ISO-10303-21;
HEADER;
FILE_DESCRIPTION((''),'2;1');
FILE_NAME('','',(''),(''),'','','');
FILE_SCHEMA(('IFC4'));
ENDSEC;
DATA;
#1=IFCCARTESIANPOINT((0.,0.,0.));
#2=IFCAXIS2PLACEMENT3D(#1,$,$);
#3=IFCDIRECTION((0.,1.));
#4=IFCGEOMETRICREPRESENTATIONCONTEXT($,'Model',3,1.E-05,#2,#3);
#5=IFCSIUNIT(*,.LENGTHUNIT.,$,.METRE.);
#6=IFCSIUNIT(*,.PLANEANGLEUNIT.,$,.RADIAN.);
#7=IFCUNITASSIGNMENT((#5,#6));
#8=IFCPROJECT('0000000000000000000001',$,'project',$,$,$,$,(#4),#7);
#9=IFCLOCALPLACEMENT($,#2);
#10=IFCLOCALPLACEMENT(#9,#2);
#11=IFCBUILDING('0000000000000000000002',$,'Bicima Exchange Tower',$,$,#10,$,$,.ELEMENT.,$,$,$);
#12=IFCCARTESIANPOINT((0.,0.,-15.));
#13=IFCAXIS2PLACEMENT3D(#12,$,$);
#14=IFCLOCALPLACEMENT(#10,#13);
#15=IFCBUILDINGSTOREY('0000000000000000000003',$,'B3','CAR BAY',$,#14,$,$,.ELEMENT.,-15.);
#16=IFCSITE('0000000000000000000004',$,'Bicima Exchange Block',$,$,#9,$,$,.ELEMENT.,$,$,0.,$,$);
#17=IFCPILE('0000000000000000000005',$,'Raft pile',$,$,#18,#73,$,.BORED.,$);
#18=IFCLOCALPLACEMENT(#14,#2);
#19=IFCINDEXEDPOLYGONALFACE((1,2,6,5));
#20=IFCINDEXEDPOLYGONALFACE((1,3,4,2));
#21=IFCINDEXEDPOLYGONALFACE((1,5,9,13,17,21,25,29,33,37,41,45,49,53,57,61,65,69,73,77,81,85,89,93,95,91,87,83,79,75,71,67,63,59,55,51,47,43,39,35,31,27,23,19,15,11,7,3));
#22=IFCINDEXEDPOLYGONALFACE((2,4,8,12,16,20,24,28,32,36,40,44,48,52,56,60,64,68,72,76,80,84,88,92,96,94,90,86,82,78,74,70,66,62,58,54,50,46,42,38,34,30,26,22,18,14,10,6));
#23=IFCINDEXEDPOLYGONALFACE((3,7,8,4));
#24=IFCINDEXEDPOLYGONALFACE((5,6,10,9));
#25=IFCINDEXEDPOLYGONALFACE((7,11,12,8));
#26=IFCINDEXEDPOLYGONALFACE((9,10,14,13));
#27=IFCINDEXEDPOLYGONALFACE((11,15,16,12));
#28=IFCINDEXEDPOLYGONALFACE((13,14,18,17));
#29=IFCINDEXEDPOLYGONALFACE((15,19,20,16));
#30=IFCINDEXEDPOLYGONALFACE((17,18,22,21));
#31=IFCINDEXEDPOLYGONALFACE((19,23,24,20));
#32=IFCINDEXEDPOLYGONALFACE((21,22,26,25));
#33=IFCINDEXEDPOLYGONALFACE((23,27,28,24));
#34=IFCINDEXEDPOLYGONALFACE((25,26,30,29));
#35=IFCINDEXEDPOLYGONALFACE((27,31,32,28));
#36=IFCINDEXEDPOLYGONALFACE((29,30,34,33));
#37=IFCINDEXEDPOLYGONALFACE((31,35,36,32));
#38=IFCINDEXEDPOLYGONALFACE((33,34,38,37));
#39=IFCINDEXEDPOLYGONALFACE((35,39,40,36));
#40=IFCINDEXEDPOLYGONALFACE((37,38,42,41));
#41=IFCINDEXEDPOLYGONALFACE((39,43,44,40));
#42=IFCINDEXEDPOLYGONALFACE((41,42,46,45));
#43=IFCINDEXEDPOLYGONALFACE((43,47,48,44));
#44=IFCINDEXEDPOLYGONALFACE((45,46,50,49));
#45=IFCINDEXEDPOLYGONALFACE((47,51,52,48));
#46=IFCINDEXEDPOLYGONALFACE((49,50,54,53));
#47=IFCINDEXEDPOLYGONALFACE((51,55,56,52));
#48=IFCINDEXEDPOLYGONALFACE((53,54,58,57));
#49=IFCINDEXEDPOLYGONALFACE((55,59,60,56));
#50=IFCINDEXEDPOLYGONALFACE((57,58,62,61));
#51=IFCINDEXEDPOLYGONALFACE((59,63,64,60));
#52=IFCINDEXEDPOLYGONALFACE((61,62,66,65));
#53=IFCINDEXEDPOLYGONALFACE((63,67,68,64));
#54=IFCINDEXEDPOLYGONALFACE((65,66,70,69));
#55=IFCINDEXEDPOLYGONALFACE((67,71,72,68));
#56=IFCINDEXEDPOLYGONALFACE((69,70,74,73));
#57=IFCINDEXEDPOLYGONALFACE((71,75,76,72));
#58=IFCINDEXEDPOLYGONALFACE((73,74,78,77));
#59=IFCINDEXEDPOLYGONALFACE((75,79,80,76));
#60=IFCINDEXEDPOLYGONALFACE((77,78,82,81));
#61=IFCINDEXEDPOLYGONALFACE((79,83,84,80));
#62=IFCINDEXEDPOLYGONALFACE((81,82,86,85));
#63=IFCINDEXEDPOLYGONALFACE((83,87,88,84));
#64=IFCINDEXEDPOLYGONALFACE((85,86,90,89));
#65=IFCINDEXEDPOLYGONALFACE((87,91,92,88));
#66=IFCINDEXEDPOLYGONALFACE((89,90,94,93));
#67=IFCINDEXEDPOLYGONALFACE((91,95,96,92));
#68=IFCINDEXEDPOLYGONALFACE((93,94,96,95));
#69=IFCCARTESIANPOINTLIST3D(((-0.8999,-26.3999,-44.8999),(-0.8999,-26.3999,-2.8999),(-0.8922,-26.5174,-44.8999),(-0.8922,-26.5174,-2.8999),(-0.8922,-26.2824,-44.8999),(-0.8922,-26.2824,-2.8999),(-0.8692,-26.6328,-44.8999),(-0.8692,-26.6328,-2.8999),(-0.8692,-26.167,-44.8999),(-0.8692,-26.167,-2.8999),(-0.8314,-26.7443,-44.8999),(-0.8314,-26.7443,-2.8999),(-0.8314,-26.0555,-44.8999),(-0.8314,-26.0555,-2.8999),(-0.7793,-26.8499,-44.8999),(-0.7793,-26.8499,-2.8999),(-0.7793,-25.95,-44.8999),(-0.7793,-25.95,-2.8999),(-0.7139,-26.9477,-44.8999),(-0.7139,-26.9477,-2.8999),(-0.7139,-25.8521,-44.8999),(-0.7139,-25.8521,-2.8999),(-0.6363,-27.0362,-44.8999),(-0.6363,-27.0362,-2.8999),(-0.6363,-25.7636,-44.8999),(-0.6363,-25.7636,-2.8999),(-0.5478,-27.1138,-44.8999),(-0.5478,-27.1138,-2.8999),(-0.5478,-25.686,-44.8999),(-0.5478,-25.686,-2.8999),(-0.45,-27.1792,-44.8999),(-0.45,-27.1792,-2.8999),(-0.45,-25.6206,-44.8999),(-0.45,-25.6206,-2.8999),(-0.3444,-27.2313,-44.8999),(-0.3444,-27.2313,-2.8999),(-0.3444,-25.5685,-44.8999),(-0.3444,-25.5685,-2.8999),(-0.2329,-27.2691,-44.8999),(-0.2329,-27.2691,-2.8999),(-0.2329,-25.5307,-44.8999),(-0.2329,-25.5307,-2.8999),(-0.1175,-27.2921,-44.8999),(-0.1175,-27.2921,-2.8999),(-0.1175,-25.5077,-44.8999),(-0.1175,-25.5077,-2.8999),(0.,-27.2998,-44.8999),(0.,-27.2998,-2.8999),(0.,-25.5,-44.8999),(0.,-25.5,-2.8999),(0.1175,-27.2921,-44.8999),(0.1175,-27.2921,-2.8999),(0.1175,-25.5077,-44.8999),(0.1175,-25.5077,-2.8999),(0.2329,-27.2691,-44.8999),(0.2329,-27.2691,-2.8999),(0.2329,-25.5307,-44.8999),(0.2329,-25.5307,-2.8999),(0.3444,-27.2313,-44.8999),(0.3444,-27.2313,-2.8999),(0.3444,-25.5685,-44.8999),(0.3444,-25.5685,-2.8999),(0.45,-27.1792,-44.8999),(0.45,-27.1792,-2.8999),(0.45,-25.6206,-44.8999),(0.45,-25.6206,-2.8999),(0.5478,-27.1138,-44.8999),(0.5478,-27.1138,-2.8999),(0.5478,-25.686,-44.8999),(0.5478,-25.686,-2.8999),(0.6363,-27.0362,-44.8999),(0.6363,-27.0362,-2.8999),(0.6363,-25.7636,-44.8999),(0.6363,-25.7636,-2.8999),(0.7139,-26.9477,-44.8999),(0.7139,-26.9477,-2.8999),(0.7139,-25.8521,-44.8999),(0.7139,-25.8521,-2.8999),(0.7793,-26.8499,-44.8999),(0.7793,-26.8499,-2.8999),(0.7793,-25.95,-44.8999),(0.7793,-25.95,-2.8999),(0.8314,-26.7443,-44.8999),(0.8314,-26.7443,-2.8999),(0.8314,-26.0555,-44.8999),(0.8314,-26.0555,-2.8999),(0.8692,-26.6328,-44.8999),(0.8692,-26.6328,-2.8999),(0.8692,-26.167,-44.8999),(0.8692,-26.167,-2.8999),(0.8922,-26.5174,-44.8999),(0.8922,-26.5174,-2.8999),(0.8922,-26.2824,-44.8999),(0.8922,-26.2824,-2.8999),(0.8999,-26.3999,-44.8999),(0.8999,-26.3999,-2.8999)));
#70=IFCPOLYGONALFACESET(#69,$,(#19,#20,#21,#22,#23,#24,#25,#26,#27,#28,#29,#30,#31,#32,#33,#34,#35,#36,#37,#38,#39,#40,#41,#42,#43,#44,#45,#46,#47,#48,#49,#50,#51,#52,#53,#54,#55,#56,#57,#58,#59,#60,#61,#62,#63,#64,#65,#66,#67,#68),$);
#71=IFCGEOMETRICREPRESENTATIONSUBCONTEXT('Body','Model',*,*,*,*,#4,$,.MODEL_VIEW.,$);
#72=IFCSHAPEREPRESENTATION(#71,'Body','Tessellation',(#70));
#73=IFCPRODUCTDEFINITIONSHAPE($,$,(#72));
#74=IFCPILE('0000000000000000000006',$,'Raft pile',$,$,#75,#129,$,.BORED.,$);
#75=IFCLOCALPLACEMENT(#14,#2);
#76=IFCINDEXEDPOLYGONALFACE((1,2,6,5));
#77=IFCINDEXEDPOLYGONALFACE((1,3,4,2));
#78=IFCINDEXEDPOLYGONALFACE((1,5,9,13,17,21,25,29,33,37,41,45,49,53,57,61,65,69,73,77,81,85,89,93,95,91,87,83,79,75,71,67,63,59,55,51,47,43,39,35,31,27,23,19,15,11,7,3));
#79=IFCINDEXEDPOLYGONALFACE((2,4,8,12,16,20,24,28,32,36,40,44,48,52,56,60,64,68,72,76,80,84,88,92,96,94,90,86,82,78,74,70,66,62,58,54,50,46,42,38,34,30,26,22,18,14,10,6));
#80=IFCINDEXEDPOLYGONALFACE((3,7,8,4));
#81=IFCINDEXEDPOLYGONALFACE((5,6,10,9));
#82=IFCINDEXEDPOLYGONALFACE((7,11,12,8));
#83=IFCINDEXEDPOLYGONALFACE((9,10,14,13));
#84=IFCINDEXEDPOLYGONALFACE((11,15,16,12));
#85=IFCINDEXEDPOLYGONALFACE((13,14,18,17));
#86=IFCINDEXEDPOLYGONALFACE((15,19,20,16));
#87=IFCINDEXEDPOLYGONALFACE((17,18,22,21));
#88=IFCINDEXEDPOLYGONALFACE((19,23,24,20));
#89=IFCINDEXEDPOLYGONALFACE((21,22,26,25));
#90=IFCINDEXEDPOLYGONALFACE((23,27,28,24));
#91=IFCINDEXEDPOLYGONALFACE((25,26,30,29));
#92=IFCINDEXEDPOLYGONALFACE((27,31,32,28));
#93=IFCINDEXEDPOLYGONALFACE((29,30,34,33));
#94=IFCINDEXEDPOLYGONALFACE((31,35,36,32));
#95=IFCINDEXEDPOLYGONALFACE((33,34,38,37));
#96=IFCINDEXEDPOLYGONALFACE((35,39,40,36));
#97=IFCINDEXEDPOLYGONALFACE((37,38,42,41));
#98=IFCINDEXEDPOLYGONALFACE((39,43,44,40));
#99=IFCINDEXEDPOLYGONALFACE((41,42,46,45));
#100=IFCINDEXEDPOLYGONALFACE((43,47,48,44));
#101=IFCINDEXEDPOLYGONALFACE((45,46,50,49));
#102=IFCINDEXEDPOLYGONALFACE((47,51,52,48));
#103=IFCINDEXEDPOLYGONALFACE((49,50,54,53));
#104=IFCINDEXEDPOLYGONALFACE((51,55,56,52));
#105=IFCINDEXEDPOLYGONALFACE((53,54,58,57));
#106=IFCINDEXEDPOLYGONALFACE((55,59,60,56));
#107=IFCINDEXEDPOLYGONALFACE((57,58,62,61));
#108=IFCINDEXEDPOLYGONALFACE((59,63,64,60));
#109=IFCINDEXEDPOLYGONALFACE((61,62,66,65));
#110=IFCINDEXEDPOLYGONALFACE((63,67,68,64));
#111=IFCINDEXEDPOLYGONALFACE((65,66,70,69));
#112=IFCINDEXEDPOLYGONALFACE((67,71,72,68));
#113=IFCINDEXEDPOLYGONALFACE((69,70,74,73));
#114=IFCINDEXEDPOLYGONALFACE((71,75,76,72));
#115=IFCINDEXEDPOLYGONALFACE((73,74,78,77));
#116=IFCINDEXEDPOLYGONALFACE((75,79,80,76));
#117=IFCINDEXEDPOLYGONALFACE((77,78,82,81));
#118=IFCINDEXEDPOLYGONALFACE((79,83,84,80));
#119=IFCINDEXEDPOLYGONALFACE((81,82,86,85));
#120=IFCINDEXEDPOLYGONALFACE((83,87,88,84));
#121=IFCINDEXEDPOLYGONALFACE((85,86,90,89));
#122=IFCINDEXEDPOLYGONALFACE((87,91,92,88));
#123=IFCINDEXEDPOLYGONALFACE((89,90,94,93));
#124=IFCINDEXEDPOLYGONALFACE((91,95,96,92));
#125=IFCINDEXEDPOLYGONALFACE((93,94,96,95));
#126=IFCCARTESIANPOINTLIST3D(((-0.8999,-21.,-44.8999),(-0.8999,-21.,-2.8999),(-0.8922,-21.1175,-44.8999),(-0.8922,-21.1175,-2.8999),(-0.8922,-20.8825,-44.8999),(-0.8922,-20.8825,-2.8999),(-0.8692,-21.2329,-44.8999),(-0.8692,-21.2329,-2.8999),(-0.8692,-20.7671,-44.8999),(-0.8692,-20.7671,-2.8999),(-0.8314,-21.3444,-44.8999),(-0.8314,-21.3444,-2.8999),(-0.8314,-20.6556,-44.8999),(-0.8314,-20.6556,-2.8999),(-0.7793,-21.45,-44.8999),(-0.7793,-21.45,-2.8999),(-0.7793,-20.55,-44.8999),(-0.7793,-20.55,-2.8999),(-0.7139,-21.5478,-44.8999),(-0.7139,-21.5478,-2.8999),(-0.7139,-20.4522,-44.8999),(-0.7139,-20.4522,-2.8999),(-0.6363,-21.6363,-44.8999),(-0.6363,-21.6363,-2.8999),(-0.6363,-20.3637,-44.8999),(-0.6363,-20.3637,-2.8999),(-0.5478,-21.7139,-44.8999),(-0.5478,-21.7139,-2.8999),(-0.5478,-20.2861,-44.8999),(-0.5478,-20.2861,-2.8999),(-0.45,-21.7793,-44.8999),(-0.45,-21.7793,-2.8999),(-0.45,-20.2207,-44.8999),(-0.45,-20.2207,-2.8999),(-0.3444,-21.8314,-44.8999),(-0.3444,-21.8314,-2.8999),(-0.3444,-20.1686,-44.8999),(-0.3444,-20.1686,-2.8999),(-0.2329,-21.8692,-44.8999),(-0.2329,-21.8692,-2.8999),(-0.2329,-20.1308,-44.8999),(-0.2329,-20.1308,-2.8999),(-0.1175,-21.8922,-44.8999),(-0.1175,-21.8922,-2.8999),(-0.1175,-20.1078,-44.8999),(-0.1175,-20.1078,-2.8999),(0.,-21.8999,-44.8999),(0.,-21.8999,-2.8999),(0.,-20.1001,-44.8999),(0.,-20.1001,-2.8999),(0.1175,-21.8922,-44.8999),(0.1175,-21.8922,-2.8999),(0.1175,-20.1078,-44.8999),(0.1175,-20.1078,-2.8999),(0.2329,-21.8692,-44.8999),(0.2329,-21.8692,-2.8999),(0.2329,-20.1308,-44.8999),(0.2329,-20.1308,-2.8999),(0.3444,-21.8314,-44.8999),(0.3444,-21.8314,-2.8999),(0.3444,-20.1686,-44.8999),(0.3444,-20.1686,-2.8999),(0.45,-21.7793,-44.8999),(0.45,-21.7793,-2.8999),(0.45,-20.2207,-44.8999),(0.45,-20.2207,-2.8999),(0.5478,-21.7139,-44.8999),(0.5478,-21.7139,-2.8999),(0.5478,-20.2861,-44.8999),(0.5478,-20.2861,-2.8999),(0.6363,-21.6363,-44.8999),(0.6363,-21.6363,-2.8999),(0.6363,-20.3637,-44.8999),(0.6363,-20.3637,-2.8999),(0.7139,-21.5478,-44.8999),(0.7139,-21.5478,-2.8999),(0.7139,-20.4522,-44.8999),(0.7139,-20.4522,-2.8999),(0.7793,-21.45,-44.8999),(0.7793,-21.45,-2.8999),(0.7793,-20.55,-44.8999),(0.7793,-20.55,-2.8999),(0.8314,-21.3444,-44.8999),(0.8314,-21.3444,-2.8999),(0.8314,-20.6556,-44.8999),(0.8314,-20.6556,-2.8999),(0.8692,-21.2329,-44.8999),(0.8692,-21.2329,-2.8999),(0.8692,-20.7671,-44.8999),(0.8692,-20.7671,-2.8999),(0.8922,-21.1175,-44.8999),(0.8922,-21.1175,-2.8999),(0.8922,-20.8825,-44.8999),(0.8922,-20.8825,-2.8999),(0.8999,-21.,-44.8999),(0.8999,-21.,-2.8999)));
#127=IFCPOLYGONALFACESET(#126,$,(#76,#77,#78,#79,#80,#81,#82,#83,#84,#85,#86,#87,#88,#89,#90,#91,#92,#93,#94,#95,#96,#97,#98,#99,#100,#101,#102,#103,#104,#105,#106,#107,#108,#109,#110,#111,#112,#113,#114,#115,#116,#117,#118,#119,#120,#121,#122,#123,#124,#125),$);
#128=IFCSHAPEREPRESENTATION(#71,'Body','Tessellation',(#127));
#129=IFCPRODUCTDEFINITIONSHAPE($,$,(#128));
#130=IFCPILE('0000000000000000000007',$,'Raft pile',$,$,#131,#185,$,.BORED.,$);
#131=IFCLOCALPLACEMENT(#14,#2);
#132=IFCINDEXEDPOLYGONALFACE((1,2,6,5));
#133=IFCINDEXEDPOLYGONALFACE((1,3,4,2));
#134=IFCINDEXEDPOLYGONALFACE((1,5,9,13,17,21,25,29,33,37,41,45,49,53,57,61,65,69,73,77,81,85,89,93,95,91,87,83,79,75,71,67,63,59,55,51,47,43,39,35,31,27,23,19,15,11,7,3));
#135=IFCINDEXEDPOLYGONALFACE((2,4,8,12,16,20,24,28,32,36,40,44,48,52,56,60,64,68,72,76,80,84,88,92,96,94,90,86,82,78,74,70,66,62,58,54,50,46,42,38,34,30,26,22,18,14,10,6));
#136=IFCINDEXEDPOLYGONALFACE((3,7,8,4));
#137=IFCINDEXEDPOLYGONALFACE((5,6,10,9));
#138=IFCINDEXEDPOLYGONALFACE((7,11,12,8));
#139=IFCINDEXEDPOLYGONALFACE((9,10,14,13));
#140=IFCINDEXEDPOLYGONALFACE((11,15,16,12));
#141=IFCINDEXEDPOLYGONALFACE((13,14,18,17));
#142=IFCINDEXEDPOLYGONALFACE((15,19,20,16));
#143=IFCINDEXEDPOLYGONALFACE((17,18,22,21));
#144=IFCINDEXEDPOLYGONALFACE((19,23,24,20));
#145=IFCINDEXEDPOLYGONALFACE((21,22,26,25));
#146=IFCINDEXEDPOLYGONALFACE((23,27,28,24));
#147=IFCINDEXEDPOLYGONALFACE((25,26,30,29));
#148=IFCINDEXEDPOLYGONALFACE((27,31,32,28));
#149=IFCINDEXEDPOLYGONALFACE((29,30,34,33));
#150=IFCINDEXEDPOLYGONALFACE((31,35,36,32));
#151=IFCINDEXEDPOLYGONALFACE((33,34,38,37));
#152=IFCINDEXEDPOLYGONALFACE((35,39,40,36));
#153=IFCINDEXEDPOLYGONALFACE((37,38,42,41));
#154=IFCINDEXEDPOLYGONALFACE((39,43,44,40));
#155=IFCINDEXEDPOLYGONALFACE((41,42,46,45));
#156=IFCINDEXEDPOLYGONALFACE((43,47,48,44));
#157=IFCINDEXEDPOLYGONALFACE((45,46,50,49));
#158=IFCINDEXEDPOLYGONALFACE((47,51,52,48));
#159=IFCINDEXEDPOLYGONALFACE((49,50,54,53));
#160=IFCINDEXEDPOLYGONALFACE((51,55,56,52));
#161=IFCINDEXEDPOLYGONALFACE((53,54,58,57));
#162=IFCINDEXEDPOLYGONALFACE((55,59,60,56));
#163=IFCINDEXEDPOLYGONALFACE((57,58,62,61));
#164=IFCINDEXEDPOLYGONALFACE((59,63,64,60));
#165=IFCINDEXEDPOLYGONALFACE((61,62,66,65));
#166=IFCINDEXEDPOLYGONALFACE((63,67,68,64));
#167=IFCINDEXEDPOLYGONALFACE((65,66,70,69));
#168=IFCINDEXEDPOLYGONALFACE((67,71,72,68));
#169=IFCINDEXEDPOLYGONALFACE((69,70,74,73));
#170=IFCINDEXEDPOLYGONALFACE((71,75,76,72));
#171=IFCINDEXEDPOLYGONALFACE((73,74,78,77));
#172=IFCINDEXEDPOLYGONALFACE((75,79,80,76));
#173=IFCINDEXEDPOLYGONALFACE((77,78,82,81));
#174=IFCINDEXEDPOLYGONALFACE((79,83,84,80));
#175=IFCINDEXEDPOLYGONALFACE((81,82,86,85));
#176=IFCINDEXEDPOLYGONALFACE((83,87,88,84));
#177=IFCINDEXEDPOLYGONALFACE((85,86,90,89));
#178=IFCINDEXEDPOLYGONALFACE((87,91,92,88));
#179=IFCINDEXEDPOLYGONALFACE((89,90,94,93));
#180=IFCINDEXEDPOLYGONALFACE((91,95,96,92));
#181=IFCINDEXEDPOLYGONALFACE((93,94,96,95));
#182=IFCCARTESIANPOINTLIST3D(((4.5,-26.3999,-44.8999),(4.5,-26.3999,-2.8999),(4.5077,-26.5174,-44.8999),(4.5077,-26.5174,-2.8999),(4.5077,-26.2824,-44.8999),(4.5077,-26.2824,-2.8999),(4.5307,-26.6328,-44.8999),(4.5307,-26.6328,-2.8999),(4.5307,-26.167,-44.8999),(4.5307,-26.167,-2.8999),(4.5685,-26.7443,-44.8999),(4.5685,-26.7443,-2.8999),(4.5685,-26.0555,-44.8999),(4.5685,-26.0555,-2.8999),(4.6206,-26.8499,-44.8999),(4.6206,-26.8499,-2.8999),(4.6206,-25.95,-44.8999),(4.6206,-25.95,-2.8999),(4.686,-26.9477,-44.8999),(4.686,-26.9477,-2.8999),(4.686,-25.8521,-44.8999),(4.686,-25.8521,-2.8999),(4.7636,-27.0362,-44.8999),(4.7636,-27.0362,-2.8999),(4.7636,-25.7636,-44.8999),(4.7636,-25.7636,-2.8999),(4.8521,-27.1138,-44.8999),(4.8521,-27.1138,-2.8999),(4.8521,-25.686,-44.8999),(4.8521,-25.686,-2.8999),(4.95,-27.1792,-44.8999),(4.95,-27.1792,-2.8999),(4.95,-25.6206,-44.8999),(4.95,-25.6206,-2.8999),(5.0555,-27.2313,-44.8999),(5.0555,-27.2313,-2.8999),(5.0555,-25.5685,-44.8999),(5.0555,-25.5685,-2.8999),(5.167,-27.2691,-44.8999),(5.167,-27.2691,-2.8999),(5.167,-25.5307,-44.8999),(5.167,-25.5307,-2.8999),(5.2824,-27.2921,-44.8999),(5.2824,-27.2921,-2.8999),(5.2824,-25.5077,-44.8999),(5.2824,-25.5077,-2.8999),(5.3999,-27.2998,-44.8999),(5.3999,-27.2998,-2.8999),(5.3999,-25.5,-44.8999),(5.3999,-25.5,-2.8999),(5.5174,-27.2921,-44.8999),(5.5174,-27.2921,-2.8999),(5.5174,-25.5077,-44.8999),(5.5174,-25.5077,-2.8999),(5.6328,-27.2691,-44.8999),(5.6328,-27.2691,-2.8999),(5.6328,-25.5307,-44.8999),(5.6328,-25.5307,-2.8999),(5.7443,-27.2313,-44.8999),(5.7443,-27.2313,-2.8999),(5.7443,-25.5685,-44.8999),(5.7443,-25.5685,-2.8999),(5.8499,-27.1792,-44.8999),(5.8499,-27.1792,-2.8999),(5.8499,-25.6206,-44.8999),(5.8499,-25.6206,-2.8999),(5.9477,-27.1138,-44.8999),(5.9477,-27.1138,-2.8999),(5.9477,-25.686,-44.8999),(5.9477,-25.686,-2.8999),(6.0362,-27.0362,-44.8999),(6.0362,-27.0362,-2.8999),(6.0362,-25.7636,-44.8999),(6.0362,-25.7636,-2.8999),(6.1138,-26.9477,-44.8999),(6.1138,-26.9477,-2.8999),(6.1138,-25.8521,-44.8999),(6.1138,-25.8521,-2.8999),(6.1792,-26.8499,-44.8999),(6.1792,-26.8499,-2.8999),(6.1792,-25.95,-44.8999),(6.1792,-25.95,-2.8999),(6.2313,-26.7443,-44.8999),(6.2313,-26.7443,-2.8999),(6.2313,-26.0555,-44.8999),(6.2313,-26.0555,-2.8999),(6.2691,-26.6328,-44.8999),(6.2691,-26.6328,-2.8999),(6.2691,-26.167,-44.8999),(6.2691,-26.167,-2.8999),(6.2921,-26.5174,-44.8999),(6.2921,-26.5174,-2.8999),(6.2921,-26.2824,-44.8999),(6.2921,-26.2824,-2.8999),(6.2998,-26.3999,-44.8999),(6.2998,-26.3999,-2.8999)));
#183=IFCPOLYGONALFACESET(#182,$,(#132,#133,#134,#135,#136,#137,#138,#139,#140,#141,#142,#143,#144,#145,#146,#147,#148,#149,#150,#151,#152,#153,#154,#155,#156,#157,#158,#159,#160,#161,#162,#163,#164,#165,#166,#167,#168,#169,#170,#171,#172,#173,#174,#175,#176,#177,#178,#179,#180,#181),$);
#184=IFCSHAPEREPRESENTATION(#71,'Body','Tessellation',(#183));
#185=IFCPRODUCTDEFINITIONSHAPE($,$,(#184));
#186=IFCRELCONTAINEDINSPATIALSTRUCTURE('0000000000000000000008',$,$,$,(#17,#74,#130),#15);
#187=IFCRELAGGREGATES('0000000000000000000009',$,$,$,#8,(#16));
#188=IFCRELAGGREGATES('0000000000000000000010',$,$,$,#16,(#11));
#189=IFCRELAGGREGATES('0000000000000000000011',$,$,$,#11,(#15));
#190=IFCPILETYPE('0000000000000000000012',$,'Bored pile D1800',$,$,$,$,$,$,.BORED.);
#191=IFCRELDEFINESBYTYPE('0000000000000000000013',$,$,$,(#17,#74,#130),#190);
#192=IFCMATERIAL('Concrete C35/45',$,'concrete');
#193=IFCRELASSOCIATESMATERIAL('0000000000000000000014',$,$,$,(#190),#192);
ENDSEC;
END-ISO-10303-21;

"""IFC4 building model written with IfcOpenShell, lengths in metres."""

from ifc_helpers import new_model, si_unit, direction, frame, origin, origin_2d, place, context, subcontext, project, spatial, circle, extrude, material, material_profile, profile_set, type_object, element, save


model = new_model("IFC4")

# Units and contexts
model_context = context("Model", 3, precision=1e-05, world=origin(), true_north=direction((0.0, 1.0)))
body_context = subcontext(model_context, "Body", "Model", "MODEL_VIEW")
ifc_project = project(units=[si_unit("LENGTHUNIT", "METRE"), si_unit("PLANEANGLEUNIT", "RADIAN")], contexts=[model_context])

# Site, building, storey
site_placement = place(None, origin())
site = spatial("IfcSite", under=ifc_project, at=site_placement, Name="Bicima Exchange Block", CompositionType="ELEMENT", RefElevation=0.0)
building_placement = place(site_placement, origin())
building = spatial("IfcBuilding", under=site, at=building_placement, Name="Bicima Exchange Tower", CompositionType="ELEMENT")
storey_placement = place(building_placement, frame((0.0, 0.0, -15.0)))
storey = spatial("IfcBuildingStorey", under=building, at=storey_placement, Name="B3", Description="CAR BAY", CompositionType="ELEMENT", Elevation=-15.0)

# Piles
ifc_material_1 = material(Name="Concrete C35/45", Category="concrete")
ifc_material_profile_1 = material_profile(ifc_material_1, circle(Radius=0.8999, at=origin_2d()))
ifc_profile_set_1 = profile_set([ifc_material_profile_1], Name="Concrete C35/45")
pile_type = type_object("IfcPileType", Name="Bored pile D1800", PredefinedType="BORED", material=ifc_profile_set_1)
for number, where, z_axis, x_axis, name in (
    (1, (0.0, -26.3999, -2.8999), (0.0, 0.0, -1.0), (1.0, 0.0, 0.0), "Raft pile"),
    (2, (0.0, -21.0, -2.8999), (0.0, 0.0, -1.0), (1.0, 0.0, 0.0), "Raft pile"),
    (3, (5.3999, -26.3999, -2.8999), (0.0, 0.0, -1.0), (1.0, 0.0, 0.0), "Raft pile"),
):
    element("IfcPile", number, at=place(storey_placement, frame(where, z_axis=z_axis, x_axis=x_axis)), inside=storey, type_object=pile_type, Name=name, PredefinedType="BORED", context=body_context, shape_type="SweptSolid", body=[
        extrude(circle(Radius=0.8999, at=origin_2d()), origin(), (0.0, 0.0, 1.0), 42.0),
    ])

save(model, "model.ifc")
